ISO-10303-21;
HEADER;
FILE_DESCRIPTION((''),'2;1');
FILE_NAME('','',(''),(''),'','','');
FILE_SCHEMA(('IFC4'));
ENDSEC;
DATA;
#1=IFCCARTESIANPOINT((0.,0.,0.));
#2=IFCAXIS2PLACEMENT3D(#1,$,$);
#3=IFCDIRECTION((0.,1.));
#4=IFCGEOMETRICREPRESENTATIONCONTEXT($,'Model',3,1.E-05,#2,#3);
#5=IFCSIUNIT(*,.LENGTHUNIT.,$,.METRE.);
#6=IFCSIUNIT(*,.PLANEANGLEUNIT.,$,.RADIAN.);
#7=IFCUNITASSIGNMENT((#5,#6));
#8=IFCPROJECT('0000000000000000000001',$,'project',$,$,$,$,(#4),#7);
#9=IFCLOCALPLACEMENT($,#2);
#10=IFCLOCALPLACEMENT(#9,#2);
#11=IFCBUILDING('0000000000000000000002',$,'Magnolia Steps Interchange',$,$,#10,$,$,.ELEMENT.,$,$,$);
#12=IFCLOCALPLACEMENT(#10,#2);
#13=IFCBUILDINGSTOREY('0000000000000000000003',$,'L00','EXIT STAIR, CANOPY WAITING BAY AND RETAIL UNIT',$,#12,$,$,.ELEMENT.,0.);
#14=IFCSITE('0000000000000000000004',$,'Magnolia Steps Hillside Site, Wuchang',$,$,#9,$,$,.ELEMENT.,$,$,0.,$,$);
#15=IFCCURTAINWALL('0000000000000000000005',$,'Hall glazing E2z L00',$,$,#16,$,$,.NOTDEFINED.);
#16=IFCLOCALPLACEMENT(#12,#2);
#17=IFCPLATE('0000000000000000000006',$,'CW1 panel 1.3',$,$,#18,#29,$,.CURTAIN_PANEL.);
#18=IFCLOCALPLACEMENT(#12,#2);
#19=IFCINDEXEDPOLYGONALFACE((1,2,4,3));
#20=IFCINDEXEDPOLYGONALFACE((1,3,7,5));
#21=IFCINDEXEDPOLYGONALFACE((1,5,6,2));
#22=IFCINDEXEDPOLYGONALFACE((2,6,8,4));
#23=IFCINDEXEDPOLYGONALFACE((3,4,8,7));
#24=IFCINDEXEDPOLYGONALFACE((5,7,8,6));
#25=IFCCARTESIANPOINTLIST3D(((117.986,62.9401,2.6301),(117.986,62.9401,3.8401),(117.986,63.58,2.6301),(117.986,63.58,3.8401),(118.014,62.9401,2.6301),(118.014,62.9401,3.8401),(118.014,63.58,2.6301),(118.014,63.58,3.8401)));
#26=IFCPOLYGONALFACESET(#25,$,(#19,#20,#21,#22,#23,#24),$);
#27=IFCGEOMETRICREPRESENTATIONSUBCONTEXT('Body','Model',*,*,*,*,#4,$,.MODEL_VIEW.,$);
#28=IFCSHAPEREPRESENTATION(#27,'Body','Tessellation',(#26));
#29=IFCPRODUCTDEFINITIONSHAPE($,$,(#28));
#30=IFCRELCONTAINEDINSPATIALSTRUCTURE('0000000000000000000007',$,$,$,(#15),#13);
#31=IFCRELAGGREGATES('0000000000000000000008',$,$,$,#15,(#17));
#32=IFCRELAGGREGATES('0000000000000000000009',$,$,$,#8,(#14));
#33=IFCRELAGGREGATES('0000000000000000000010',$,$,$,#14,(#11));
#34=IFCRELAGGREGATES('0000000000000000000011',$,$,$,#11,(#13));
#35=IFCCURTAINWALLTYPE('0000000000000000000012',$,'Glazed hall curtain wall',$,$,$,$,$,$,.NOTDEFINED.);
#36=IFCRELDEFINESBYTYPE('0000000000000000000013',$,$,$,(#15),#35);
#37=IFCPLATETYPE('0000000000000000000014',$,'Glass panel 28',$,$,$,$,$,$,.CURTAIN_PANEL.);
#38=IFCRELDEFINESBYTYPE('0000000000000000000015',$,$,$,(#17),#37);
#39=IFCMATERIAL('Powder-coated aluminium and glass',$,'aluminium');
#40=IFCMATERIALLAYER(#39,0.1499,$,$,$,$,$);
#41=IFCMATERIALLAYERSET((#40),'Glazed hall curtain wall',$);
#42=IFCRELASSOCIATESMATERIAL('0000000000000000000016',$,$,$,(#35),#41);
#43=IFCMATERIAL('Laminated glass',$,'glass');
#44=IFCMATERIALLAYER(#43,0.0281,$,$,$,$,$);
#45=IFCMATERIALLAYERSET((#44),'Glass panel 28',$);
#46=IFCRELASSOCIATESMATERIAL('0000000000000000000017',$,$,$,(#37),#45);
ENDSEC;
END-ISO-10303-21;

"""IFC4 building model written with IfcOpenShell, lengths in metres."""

from ifc_helpers import new_model, si_unit, direction, frame, origin, origin_2d, place, context, subcontext, project, spatial, rectangle, extrude, material, layer, layer_set, type_object, element, aggregate, save


model = new_model("IFC4")

# Units and contexts
model_context = context("Model", 3, precision=1e-05, world=origin(), true_north=direction((0.0, 1.0)))
body_context = subcontext(model_context, "Body", "Model", "MODEL_VIEW")
ifc_project = project(units=[si_unit("LENGTHUNIT", "METRE"), si_unit("PLANEANGLEUNIT", "RADIAN")], contexts=[model_context])

# Site, building, storey
site_placement = place(None, origin())
site = spatial("IfcSite", under=ifc_project, at=site_placement, Name="Magnolia Steps Hillside Site, Wuchang", CompositionType="ELEMENT", RefElevation=0.0)
building_placement = place(site_placement, origin())
building = spatial("IfcBuilding", under=site, at=building_placement, Name="Magnolia Steps Interchange", CompositionType="ELEMENT")
storey_placement = place(building_placement, origin())
storey = spatial("IfcBuildingStorey", under=building, at=storey_placement, Name="L00", Description="EXIT STAIR, CANOPY WAITING BAY AND RETAIL UNIT", CompositionType="ELEMENT", Elevation=0.0)

# Shared definitions
ifc_material_1 = material(Name="Powder-coated aluminium and glass", Category="aluminium")
ifc_layer_1 = layer(ifc_material_1, 0.1499)
ifc_layer_set_1 = layer_set([ifc_layer_1], Name="Glazed hall curtain wall")
curtain_wall_type = type_object("IfcCurtainWallType", Name="Glazed hall curtain wall", PredefinedType="NOTDEFINED", material=ifc_layer_set_1)

# Curtain wall
curtain_wall_1_placement = place(storey_placement, origin())
curtain_wall_1 = element("IfcCurtainWall", 1, at=curtain_wall_1_placement, inside=storey, type_object=curtain_wall_type, Name="Hall glazing E2z L00", PredefinedType="NOTDEFINED")

# Plate
ifc_material_2 = material(Name="Laminated glass", Category="glass")
ifc_layer_2 = layer(ifc_material_2, 0.0281)
ifc_layer_set_2 = layer_set([ifc_layer_2], Name="Glass panel 28")
plate_type = type_object("IfcPlateType", Name="Glass panel 28", PredefinedType="CURTAIN_PANEL", material=ifc_layer_set_2)
plate_1_placement = place(storey_placement, frame((118.0, 63.26, 2.6301), z_axis=(0.0, 0.0, 1.0), x_axis=(0.0, 1.0, 0.0)))
plate_1 = element("IfcPlate", 2, at=plate_1_placement, type_object=plate_type, Name="CW1 panel 1.3", PredefinedType="CURTAIN_PANEL", context=body_context, shape_type="SweptSolid", body=[
    extrude(rectangle(XDim=0.6399, YDim=0.0281, at=origin_2d()), origin(), (0.0, 0.0, 1.0), 1.21),
])
aggregate(curtain_wall_1, [plate_1])

save(model, "model.ifc")
